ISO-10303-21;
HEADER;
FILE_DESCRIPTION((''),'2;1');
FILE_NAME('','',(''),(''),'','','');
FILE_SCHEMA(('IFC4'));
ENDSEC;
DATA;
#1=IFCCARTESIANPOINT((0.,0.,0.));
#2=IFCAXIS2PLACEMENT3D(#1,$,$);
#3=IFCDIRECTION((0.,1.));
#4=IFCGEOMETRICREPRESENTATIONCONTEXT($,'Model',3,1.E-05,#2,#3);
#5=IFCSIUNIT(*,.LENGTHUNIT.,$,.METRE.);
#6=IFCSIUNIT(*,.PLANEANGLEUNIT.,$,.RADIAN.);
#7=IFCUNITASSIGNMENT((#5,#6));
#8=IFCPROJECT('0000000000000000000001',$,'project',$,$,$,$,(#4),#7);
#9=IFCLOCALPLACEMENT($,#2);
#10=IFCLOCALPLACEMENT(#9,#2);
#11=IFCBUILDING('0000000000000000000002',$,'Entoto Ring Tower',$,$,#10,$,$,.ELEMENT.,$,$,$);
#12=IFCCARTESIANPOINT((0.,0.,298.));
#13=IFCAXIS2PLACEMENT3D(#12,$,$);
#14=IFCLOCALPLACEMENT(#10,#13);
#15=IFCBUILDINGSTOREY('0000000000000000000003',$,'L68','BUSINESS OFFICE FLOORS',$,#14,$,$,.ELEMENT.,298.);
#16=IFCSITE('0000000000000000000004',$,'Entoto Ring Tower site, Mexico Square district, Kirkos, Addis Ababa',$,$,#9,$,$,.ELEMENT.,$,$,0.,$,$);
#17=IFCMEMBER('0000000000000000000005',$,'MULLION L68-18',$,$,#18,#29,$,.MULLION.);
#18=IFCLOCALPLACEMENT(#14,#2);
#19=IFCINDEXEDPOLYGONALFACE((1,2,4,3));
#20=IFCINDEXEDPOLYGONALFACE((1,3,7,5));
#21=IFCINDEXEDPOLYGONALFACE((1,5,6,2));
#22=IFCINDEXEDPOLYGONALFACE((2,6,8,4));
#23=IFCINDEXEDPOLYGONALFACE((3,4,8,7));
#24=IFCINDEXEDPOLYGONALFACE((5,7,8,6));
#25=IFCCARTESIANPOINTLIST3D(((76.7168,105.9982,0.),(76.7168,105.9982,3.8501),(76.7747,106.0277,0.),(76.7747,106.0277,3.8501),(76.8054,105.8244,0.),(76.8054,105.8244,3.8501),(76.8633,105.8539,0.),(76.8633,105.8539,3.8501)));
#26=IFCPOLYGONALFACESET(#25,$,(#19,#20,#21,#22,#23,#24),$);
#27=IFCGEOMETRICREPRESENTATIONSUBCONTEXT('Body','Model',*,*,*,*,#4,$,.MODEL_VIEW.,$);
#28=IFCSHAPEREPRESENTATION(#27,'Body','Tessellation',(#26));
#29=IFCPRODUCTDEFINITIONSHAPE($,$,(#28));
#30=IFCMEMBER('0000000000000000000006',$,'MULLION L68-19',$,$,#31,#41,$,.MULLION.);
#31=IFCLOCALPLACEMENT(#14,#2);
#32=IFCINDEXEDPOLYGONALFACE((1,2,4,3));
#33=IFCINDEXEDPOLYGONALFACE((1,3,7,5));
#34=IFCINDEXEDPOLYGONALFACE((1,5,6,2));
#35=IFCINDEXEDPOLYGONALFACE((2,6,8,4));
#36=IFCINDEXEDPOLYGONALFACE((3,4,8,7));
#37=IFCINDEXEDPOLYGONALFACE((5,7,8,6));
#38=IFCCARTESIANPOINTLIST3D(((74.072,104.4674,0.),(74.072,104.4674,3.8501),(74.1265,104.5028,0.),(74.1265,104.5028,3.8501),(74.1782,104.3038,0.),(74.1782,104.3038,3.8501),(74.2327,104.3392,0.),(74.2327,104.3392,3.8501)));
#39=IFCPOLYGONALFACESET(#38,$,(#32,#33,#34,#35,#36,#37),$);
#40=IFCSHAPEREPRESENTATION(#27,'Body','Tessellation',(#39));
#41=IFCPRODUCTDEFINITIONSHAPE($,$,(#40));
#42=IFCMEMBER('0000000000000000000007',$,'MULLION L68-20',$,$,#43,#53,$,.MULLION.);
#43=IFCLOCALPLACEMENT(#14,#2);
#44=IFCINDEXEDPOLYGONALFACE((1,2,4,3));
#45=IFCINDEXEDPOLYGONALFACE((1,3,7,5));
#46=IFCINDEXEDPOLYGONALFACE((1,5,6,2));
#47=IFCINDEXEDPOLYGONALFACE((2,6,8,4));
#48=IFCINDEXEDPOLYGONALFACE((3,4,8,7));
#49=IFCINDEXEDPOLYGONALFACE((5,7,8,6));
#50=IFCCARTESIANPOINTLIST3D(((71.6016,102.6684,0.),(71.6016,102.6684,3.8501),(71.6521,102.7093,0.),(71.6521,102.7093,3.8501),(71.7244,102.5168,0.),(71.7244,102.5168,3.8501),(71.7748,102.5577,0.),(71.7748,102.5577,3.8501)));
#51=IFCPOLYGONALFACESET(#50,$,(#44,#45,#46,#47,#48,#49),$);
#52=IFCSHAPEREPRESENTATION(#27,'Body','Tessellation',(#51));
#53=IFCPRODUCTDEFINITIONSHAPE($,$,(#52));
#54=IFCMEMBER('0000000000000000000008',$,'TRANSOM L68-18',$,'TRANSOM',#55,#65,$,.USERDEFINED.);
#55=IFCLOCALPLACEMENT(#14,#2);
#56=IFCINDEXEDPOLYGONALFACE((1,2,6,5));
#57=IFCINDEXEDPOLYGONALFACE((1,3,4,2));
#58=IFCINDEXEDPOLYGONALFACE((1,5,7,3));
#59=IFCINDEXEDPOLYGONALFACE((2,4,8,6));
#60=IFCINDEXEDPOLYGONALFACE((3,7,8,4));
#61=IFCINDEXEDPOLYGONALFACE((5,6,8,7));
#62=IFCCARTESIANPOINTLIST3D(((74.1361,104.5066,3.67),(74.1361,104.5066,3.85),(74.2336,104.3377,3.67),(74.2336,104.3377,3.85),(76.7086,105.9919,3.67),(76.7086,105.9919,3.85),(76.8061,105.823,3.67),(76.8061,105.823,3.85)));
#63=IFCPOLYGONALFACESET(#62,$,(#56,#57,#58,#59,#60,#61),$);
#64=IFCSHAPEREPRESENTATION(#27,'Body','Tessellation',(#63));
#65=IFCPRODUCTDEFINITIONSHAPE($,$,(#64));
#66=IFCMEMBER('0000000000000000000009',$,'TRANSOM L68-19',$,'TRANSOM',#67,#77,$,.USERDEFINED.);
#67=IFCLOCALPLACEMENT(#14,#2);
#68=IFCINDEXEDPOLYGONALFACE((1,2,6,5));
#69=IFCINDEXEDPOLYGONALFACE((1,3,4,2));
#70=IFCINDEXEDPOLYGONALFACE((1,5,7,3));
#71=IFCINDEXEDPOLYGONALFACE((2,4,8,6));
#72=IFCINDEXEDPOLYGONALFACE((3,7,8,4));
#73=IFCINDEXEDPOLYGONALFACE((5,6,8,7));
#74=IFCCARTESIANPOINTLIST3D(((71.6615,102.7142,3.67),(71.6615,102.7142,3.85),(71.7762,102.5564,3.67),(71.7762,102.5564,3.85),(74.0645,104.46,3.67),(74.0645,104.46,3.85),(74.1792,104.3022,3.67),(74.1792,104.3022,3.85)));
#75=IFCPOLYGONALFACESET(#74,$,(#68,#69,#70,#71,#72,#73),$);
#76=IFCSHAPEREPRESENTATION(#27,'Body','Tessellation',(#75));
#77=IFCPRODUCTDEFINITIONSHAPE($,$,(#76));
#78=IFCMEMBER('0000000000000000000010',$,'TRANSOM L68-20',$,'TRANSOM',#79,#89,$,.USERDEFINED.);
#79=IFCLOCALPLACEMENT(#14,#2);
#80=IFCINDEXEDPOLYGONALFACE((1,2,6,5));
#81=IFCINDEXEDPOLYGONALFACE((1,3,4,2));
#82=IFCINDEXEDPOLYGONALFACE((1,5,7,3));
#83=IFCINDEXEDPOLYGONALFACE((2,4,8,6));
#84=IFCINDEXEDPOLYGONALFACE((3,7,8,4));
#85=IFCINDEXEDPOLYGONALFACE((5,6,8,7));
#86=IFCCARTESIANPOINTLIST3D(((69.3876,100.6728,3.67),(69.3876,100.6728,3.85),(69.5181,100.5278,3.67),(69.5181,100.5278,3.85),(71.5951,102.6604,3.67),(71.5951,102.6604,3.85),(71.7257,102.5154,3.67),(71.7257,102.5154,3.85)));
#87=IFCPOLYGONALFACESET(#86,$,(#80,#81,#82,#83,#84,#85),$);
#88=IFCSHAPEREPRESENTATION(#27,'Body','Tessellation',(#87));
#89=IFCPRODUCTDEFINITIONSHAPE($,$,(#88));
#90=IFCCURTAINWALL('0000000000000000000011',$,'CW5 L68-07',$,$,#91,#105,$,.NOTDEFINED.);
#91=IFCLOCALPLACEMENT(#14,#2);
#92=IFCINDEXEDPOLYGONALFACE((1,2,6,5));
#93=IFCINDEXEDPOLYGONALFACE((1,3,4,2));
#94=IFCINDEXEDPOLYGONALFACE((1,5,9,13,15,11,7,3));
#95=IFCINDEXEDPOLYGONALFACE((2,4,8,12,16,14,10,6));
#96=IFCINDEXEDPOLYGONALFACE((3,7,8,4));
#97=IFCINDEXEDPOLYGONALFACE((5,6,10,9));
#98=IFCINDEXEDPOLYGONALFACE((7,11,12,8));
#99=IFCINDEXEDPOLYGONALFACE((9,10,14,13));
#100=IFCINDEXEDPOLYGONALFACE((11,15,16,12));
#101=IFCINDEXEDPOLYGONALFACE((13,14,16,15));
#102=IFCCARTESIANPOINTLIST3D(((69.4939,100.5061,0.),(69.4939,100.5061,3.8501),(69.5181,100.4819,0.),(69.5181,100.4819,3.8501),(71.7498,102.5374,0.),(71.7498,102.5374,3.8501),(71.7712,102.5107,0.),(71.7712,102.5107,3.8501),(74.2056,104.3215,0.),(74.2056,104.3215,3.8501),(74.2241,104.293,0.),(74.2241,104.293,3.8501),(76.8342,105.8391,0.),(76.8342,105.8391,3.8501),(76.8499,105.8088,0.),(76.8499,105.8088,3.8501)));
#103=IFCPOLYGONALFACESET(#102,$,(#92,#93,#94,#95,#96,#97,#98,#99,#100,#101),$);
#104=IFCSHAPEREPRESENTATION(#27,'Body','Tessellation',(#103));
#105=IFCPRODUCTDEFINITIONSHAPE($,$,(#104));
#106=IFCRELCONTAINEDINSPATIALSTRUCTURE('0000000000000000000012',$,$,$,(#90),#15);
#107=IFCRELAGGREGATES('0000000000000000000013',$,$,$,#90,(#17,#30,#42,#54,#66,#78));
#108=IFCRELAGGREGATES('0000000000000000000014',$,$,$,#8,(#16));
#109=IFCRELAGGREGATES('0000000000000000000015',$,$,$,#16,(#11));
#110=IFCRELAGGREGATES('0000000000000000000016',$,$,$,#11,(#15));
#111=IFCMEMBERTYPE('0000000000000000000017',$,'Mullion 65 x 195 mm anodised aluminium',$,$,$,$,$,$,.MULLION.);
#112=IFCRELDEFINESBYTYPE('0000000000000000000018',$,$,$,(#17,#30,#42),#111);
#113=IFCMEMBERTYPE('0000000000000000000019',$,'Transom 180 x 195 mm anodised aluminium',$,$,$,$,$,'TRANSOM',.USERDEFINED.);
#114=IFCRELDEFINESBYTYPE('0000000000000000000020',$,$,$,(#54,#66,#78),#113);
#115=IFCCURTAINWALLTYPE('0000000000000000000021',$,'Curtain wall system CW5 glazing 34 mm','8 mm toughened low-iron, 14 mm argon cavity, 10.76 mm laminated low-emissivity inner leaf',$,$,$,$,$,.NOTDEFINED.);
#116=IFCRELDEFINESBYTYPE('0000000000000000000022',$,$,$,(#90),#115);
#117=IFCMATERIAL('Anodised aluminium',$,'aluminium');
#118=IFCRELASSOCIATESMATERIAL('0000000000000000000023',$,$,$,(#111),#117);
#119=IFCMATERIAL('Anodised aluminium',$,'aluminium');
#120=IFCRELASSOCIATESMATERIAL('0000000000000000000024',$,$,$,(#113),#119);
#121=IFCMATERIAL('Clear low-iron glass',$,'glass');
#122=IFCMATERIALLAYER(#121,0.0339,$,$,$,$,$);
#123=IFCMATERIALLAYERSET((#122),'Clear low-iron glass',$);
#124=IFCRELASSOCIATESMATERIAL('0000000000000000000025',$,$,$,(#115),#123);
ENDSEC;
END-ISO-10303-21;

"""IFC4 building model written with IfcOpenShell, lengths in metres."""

from ifc_helpers import new_model, si_unit, direction, frame, origin, origin_2d, place, context, subcontext, project, spatial, polyline, rectangle, outline, extrude, material, layer, layer_set, material_profile, profile_set, type_object, element, aggregate, save


model = new_model("IFC4")

# Units and contexts
model_context = context("Model", 3, precision=1e-05, world=origin(), true_north=direction((0.0, 1.0)))
body_context = subcontext(model_context, "Body", "Model", "MODEL_VIEW")
ifc_project = project(units=[si_unit("LENGTHUNIT", "METRE"), si_unit("PLANEANGLEUNIT", "RADIAN")], contexts=[model_context])

# Members
ifc_material_1 = material(Name="Anodised aluminium", Category="aluminium")
ifc_material_profile_1 = material_profile(ifc_material_1, rectangle(XDim=0.0649, YDim=0.1951, at=origin_2d()), Name="Mullion 65 x 195 mm anodised aluminium")
ifc_profile_set_1 = profile_set([ifc_material_profile_1], Name="Anodised aluminium")
member_type_1 = type_object("IfcMemberType", Name="Mullion 65 x 195 mm anodised aluminium", PredefinedType="MULLION", material=ifc_profile_set_1)
site_placement = place(None, origin())
building_placement = place(site_placement, origin())
storey_placement = place(building_placement, frame((0.0, 0.0, 298.0)))
member_1_placement = place(storey_placement, frame((76.79, 105.926, 0.0), z_axis=(0.0, 0.0, 1.0), x_axis=(-0.891007, -0.45399, 0.0)))
member_1 = element("IfcMember", 1, at=member_1_placement, type_object=member_type_1, Name="MULLION L68-18", PredefinedType="MULLION", context=body_context, shape_type="SweptSolid", body=[
    extrude(rectangle(XDim=0.0649, YDim=0.1951, at=origin_2d()), origin(), (0.0, 0.0, 1.0), 3.8501),
])
member_2_placement = place(storey_placement, frame((74.1523, 104.4033, 0.0), z_axis=(0.0, 0.0, 1.0), x_axis=(-0.838671, -0.544639, 0.0)))
member_2 = element("IfcMember", 2, at=member_2_placement, type_object=member_type_1, Name="MULLION L68-19", PredefinedType="MULLION", context=body_context, shape_type="SweptSolid", body=[
    extrude(rectangle(XDim=0.0649, YDim=0.1951, at=origin_2d()), origin(), (0.0, 0.0, 1.0), 3.8501),
])
member_3_placement = place(storey_placement, frame((71.6882, 102.613, 0.0), z_axis=(0.0, 0.0, 1.0), x_axis=(-0.777146, -0.62932, 0.0)))
member_3 = element("IfcMember", 3, at=member_3_placement, type_object=member_type_1, Name="MULLION L68-20", PredefinedType="MULLION", context=body_context, shape_type="SweptSolid", body=[
    extrude(rectangle(XDim=0.0649, YDim=0.1951, at=origin_2d()), origin(), (0.0, 0.0, 1.0), 3.8501),
])
ifc_material_2 = material(Name="Anodised aluminium", Category="aluminium")
ifc_material_profile_2 = material_profile(ifc_material_2, rectangle(XDim=0.1951, YDim=0.1799, at=origin_2d()), Name="Transom 180 x 195 mm anodised aluminium")
ifc_profile_set_2 = profile_set([ifc_material_profile_2], Name="Anodised aluminium")
member_type_2 = type_object("IfcMemberType", Name="Transom 180 x 195 mm anodised aluminium", ElementType="TRANSOM", PredefinedType="USERDEFINED", material=ifc_profile_set_2)
member_4_placement = place(storey_placement, frame((76.7573, 105.9075, 3.76), z_axis=(-0.866009, -0.500028, 0.0), x_axis=(0.500028, -0.866009, 0.0)))
member_4 = element("IfcMember", 4, at=member_4_placement, type_object=member_type_2, Name="TRANSOM L68-18", ObjectType="TRANSOM", PredefinedType="USERDEFINED", context=body_context, shape_type="SweptSolid", body=[
    extrude(rectangle(XDim=0.1951, YDim=0.1799, at=origin_2d()), origin(), (0.0, 0.0, 1.0), 2.9705),
])
member_5_placement = place(storey_placement, frame((74.1218, 104.3811, 3.76), z_axis=(-0.809031, -0.587766, 0.0), x_axis=(0.587766, -0.809031, 0.0)))
member_5 = element("IfcMember", 5, at=member_5_placement, type_object=member_type_2, Name="TRANSOM L68-19", ObjectType="TRANSOM", PredefinedType="USERDEFINED", context=body_context, shape_type="SweptSolid", body=[
    extrude(rectangle(XDim=0.1951, YDim=0.1799, at=origin_2d()), origin(), (0.0, 0.0, 1.0), 2.9702),
])
member_6_placement = place(storey_placement, frame((71.6604, 102.5879, 3.76), z_axis=(-0.743163, -0.66911, 0.0), x_axis=(0.66911, -0.743163, 0.0)))
member_6 = element("IfcMember", 6, at=member_6_placement, type_object=member_type_2, Name="TRANSOM L68-20", ObjectType="TRANSOM", PredefinedType="USERDEFINED", context=body_context, shape_type="SweptSolid", body=[
    extrude(rectangle(XDim=0.1951, YDim=0.1799, at=origin_2d()), origin(), (0.0, 0.0, 1.0), 2.9705),
])

# Site, building, storey
site = spatial("IfcSite", under=ifc_project, at=site_placement, Name="Entoto Ring Tower site, Mexico Square district, Kirkos, Addis Ababa", CompositionType="ELEMENT", RefElevation=0.0)
building = spatial("IfcBuilding", under=site, at=building_placement, Name="Entoto Ring Tower", CompositionType="ELEMENT")
storey = spatial("IfcBuildingStorey", under=building, at=storey_placement, Name="L68", Description="BUSINESS OFFICE FLOORS", CompositionType="ELEMENT", Elevation=298.0)

# Curtain wall
ifc_material_3 = material(Name="Clear low-iron glass", Category="glass")
ifc_layer = layer(ifc_material_3, 0.0339)
ifc_layer_set = layer_set([ifc_layer], Name="Clear low-iron glass")
curtain_wall_type = type_object("IfcCurtainWallType", Name="Curtain wall system CW5 glazing 34 mm", Description="8 mm toughened low-iron, 14 mm argon cavity, 10.76 mm laminated low-emissivity inner leaf", PredefinedType="NOTDEFINED", material=ifc_layer_set)
curtain_wall_1_placement = place(storey_placement, origin())
curtain_wall_1 = element("IfcCurtainWall", 7, at=curtain_wall_1_placement, inside=storey, type_object=curtain_wall_type, Name="CW5 L68-07", PredefinedType="NOTDEFINED", context=body_context, shape_type="SweptSolid", body=[
    extrude(outline(polyline([(76.8342, 105.8391), (74.2056, 104.3215), (71.7498, 102.5374), (69.4939, 100.5061), (69.5181, 100.4819), (71.7712, 102.5107), (74.2241, 104.293), (76.8499, 105.8088), (76.8342, 105.8391)])), origin(), (0.0, 0.0, 1.0), 3.8501),
])
aggregate(curtain_wall_1, [member_1, member_2, member_3, member_4, member_5, member_6])

save(model, "model.ifc")
